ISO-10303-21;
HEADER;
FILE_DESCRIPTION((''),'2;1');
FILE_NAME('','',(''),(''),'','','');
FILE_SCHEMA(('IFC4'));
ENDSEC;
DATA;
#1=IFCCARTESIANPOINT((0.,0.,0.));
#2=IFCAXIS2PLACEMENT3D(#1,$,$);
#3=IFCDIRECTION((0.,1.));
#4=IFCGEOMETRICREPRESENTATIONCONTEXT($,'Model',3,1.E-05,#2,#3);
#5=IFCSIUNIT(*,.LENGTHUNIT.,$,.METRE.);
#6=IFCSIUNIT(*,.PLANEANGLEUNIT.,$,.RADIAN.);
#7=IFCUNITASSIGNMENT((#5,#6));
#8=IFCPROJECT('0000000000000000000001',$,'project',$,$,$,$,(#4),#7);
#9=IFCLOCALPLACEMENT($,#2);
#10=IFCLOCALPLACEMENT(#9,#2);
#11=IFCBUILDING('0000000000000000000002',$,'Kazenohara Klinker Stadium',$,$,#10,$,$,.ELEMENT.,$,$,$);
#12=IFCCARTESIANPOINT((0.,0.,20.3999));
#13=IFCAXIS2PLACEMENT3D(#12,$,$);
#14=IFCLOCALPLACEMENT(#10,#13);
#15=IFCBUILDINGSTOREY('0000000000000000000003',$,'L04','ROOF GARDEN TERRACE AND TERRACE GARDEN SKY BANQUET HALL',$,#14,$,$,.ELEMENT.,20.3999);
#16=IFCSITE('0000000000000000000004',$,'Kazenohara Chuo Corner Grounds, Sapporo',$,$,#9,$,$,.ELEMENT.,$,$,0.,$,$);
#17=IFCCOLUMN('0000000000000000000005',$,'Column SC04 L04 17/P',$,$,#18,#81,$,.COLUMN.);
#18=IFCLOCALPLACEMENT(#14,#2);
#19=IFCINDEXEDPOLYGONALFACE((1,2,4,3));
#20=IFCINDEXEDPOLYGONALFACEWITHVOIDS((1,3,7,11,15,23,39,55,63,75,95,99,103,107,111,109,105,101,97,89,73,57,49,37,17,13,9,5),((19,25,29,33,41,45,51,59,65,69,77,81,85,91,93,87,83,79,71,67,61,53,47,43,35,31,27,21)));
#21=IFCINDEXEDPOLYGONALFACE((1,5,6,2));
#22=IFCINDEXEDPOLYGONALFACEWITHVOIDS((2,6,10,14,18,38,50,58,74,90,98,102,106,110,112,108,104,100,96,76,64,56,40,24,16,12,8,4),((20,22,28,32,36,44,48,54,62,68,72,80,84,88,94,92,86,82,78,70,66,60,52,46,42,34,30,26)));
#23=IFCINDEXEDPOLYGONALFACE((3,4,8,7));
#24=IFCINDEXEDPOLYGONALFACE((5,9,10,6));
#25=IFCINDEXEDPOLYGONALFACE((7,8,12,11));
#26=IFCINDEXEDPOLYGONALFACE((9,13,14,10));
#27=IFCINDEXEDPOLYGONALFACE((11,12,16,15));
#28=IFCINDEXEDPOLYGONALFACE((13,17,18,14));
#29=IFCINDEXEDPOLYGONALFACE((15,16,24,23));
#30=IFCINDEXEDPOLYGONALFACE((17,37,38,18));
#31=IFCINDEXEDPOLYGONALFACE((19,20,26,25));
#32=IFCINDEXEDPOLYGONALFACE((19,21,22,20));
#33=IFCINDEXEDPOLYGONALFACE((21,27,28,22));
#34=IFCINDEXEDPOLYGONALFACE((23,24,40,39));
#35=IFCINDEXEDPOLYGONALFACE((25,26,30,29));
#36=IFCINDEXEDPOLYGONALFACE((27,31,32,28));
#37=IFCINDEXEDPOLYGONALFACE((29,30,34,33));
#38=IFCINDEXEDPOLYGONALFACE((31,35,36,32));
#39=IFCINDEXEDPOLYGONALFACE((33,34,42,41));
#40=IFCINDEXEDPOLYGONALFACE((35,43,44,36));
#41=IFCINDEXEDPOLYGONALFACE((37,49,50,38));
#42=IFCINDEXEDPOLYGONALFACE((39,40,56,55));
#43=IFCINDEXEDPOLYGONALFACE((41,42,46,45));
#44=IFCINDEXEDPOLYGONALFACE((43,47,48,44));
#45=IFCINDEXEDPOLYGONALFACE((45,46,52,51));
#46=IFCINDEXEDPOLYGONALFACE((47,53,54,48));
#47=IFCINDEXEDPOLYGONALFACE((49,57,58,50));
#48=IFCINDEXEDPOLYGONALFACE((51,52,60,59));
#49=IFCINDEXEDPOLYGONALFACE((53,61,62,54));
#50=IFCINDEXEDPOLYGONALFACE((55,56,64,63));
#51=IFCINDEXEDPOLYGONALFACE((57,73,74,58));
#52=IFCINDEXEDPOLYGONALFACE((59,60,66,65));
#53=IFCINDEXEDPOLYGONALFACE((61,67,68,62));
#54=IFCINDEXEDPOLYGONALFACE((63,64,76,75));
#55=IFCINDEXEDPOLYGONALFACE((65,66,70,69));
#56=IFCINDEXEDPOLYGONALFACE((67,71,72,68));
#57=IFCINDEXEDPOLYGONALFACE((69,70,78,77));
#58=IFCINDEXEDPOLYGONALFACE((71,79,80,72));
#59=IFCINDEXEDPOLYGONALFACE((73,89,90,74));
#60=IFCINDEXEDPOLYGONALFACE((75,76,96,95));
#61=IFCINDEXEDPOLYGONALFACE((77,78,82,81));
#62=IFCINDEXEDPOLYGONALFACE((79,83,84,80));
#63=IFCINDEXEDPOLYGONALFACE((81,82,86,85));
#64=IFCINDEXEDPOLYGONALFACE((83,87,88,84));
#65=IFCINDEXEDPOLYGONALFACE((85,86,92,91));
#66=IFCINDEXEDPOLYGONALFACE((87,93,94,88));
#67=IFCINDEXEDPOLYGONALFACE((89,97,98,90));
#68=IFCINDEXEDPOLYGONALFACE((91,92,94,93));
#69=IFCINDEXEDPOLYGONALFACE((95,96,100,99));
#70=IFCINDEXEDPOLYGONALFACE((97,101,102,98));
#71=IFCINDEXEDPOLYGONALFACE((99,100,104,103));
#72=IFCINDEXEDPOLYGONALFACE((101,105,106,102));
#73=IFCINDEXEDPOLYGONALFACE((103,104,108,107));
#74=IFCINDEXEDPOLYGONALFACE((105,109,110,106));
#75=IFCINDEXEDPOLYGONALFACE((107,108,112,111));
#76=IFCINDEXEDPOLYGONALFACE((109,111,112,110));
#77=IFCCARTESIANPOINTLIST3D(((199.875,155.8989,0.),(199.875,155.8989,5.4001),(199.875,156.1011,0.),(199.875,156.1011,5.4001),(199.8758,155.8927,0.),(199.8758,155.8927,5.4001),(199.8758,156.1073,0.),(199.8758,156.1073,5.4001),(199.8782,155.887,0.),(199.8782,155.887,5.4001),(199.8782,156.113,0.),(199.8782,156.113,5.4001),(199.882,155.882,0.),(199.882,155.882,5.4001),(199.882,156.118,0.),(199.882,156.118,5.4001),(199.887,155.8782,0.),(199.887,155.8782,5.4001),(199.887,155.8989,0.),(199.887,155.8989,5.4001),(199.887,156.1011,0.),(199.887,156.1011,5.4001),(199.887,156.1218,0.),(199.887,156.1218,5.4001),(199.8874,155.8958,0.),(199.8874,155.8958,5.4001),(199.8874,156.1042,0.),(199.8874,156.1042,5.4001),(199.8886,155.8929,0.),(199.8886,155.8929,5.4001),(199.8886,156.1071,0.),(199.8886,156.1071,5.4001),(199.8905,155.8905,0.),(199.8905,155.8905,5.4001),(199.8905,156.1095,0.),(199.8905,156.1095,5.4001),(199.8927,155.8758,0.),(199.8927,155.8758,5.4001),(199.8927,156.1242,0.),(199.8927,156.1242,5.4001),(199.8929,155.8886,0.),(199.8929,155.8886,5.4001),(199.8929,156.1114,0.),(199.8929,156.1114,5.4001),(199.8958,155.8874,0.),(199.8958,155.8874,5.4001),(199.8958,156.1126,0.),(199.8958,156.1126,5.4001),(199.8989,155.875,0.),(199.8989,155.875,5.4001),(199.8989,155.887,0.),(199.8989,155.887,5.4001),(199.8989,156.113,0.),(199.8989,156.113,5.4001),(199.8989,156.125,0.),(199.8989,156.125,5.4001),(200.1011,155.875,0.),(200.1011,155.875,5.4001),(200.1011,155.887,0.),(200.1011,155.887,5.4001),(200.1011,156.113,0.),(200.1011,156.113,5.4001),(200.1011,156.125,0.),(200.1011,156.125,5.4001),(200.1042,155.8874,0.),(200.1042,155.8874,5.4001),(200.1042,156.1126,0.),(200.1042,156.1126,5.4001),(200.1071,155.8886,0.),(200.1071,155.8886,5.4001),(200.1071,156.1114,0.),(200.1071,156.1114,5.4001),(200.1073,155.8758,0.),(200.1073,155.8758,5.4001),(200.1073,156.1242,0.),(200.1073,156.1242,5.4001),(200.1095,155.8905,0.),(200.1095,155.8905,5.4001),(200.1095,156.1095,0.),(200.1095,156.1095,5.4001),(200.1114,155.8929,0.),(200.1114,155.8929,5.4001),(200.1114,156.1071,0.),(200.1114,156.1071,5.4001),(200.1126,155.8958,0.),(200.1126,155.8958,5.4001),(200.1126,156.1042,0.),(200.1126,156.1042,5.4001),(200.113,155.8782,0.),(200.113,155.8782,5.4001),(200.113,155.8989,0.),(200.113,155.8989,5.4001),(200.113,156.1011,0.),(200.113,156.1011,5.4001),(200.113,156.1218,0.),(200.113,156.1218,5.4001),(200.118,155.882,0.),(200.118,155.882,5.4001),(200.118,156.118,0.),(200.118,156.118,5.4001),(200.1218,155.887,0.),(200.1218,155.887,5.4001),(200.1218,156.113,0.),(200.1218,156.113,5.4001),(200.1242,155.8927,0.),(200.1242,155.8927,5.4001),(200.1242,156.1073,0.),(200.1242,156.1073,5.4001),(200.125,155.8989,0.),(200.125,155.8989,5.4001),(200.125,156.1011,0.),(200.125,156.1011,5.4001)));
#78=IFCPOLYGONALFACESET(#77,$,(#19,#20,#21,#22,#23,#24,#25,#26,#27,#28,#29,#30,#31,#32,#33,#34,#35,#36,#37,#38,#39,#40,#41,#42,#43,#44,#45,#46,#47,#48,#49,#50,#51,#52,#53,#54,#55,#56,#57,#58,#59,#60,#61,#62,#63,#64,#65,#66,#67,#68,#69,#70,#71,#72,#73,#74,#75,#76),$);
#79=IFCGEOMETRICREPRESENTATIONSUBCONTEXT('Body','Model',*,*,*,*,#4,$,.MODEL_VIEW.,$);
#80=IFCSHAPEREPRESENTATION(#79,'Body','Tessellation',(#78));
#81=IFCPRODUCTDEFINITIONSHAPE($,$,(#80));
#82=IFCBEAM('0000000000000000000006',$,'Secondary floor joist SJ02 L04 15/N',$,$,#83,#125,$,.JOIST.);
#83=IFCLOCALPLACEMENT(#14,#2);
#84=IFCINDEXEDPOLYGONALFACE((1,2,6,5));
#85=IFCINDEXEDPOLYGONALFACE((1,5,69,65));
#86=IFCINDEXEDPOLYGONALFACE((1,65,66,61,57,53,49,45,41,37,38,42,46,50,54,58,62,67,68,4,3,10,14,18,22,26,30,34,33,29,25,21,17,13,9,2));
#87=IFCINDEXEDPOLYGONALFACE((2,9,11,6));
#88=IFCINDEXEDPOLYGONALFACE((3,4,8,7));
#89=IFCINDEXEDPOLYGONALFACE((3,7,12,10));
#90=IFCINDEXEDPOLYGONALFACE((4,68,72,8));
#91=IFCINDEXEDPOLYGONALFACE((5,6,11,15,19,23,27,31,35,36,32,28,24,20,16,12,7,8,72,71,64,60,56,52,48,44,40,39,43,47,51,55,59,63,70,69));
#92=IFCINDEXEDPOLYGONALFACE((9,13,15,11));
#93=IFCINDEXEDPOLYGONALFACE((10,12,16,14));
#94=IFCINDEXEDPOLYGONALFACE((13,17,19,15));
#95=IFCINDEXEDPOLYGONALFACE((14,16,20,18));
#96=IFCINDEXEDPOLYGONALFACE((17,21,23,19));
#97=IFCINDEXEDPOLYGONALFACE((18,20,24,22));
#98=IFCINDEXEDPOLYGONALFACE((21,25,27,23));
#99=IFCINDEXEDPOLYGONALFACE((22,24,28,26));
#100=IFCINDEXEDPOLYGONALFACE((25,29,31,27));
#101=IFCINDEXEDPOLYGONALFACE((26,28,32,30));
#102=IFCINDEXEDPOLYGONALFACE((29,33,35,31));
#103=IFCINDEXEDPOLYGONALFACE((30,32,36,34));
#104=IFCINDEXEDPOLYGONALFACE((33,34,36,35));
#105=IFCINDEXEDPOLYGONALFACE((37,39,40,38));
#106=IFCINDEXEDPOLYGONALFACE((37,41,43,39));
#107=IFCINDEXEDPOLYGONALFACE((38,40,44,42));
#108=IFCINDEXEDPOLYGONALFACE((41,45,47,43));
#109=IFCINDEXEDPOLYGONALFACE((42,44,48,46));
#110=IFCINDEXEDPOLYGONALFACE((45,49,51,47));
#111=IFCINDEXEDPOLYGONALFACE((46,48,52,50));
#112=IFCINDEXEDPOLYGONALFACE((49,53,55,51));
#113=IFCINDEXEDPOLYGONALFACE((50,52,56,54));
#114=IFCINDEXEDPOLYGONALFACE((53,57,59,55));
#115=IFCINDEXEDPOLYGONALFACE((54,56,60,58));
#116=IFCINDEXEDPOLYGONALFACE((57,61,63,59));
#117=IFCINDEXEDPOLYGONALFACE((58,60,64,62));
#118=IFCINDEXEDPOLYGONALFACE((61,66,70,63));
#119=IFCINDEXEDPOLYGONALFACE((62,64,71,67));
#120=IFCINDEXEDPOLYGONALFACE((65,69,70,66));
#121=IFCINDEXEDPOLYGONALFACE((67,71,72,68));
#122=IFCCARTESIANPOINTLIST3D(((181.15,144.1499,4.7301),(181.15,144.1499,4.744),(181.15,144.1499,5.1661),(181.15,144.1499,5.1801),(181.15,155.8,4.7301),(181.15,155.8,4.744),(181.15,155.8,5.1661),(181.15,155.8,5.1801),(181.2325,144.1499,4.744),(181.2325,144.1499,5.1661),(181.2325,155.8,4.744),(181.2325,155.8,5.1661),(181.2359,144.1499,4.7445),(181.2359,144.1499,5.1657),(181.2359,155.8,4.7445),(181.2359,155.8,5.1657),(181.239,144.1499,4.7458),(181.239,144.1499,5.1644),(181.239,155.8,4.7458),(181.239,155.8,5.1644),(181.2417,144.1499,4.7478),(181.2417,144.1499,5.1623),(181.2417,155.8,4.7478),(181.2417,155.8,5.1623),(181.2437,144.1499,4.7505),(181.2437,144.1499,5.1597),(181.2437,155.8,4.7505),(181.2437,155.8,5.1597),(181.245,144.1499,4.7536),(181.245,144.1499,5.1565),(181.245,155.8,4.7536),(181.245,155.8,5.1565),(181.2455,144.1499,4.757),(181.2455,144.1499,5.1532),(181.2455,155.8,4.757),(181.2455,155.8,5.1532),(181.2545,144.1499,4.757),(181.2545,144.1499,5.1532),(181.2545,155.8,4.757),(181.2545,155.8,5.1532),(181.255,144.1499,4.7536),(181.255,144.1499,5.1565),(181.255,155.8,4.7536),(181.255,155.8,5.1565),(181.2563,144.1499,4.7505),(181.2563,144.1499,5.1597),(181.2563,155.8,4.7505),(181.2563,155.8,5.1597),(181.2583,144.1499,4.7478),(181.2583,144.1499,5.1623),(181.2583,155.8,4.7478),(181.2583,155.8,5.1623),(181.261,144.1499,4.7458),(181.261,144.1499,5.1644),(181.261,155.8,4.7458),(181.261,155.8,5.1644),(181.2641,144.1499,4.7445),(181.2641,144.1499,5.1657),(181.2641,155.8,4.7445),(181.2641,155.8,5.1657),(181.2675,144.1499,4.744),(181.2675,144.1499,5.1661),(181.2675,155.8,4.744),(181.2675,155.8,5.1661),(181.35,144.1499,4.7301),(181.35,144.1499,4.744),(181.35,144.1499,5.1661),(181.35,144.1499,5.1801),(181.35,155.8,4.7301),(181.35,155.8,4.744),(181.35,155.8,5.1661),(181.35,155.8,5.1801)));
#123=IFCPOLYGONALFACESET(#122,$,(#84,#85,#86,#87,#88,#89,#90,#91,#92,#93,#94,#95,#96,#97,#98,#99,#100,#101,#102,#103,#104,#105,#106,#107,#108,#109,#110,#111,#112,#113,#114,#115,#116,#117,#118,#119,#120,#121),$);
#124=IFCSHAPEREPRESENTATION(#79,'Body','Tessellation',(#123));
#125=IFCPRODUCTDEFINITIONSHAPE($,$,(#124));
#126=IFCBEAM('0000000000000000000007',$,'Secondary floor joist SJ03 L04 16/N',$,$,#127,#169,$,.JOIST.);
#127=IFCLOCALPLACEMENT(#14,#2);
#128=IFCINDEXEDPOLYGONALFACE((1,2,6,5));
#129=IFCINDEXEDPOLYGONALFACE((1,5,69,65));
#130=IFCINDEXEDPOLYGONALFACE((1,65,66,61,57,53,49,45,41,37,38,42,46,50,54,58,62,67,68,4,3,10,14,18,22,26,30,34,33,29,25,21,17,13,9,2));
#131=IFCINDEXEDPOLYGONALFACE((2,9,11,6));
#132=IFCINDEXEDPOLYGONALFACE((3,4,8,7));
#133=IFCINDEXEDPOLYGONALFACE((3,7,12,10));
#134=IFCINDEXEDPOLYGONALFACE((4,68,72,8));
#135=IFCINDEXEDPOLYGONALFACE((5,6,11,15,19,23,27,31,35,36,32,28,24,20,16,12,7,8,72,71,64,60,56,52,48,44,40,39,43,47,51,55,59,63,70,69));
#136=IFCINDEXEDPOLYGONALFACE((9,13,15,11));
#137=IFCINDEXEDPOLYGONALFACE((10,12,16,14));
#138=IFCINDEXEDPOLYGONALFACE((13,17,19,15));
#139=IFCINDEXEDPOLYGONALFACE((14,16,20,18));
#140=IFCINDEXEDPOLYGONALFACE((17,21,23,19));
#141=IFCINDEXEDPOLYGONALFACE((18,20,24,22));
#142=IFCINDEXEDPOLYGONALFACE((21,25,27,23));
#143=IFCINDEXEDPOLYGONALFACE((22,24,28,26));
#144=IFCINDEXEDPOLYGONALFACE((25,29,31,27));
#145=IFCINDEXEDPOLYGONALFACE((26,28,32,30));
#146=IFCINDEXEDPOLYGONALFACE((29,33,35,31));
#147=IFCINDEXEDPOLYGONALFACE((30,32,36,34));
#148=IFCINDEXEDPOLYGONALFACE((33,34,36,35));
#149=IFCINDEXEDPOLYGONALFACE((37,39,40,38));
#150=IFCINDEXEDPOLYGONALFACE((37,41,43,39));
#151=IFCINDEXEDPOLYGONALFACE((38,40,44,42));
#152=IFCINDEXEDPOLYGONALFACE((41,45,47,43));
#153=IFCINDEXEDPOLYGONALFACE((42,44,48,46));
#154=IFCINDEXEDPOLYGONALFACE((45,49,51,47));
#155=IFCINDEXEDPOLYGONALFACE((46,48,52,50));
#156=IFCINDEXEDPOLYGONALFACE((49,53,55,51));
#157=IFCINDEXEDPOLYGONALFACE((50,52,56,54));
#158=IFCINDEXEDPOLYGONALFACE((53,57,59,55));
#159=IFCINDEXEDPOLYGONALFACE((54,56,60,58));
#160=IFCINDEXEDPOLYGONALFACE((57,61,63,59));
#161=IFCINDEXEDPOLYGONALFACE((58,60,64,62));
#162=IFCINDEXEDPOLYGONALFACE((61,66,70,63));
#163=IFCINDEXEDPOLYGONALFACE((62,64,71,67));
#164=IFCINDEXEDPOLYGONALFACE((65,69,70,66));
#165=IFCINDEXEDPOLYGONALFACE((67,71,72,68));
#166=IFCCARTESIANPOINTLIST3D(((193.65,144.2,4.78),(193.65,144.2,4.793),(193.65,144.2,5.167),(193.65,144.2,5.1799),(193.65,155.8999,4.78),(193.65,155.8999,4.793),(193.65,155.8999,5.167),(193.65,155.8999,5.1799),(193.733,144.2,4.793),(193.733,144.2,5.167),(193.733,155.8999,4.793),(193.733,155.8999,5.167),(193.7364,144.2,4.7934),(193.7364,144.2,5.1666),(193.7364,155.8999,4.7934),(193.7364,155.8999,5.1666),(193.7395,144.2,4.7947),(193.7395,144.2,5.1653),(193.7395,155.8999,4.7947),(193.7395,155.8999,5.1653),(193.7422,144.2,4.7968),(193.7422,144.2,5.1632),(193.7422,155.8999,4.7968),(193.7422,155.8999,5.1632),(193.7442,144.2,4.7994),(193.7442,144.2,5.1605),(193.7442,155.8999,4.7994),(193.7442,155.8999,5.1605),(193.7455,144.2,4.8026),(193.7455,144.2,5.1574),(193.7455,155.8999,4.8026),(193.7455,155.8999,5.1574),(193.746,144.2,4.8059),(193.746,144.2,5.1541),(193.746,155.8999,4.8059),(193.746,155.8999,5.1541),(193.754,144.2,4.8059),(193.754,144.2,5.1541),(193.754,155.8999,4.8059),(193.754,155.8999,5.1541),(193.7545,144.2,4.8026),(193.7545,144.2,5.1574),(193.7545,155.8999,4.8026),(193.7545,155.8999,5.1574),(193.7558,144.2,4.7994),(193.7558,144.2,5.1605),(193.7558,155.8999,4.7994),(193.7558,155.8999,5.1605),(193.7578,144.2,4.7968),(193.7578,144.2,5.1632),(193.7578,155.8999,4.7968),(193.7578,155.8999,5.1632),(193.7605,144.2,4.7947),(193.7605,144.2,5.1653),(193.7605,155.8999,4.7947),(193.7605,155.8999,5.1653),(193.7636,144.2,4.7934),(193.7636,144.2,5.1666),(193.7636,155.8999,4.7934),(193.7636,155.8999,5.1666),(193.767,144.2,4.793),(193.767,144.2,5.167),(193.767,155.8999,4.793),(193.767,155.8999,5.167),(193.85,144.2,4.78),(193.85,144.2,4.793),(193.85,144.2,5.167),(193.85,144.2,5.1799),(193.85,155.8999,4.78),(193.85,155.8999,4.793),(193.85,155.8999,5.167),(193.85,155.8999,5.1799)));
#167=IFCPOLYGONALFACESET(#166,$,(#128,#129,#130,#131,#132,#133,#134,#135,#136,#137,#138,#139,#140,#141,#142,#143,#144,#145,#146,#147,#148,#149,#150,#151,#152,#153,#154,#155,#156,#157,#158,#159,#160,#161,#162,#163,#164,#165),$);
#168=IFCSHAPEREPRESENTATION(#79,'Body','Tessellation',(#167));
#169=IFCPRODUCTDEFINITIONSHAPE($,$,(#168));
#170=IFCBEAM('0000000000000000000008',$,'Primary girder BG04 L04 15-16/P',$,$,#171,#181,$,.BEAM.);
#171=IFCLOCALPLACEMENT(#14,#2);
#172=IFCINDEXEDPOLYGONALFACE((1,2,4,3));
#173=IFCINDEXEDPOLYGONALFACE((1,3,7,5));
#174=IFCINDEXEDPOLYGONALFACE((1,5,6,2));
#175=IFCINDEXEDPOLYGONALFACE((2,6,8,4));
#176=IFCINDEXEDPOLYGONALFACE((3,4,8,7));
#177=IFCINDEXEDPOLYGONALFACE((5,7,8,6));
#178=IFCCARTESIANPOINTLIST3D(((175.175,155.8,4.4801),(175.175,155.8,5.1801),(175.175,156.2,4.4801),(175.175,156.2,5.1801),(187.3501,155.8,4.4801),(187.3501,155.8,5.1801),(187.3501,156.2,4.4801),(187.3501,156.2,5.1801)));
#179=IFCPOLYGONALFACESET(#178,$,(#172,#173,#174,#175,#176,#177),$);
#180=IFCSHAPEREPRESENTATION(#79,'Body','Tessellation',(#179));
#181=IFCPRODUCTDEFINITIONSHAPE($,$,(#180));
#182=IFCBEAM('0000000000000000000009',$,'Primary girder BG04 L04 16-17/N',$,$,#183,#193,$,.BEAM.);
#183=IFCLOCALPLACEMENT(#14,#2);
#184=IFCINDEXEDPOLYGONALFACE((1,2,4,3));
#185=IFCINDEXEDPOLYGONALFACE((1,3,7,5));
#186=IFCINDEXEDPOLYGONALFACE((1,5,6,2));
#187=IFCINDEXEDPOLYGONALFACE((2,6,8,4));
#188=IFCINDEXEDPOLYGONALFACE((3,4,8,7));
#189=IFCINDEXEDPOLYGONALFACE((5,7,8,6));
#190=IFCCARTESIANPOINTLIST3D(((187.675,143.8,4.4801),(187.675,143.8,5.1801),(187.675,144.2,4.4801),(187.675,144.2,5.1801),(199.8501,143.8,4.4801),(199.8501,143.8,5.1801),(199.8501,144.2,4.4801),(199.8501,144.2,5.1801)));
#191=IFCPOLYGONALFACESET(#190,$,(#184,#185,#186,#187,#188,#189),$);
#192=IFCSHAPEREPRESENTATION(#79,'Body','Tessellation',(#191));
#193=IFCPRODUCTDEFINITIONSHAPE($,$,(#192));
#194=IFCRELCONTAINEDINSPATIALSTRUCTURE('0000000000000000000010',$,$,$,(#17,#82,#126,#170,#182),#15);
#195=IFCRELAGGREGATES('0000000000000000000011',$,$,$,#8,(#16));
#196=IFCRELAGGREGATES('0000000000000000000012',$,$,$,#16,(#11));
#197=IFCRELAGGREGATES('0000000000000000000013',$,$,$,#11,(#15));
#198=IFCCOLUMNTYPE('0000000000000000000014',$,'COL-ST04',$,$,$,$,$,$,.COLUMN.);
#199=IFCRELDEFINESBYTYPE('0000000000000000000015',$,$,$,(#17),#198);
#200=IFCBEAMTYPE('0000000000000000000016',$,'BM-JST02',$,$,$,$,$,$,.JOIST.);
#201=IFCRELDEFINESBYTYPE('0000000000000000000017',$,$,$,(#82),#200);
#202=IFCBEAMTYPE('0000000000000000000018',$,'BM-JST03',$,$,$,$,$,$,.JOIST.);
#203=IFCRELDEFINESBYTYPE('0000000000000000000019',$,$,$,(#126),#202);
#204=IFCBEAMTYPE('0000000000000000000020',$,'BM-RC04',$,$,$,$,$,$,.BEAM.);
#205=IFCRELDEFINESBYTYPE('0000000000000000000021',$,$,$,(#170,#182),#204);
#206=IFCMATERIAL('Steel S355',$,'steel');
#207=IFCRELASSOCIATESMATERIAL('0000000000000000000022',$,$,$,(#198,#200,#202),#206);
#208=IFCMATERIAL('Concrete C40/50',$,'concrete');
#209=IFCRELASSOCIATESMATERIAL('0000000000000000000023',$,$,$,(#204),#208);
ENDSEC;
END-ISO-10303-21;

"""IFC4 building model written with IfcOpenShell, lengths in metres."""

from ifc_helpers import new_model, si_unit, direction, frame, origin, origin_2d, place, context, subcontext, project, spatial, rectangle, hollow_rectangle, i_section, extrude, material, material_profile, profile_set, type_object, element, save


model = new_model("IFC4")

# Units and contexts
model_context = context("Model", 3, precision=1e-05, world=origin(), true_north=direction((0.0, 1.0)))
body_context = subcontext(model_context, "Body", "Model", "MODEL_VIEW")
ifc_project = project(units=[si_unit("LENGTHUNIT", "METRE"), si_unit("PLANEANGLEUNIT", "RADIAN")], contexts=[model_context])

# Site, building, storey
site_placement = place(None, origin())
site = spatial("IfcSite", under=ifc_project, at=site_placement, Name="Kazenohara Chuo Corner Grounds, Sapporo", CompositionType="ELEMENT", RefElevation=0.0)
building_placement = place(site_placement, origin())
building = spatial("IfcBuilding", under=site, at=building_placement, Name="Kazenohara Klinker Stadium", CompositionType="ELEMENT")
storey_placement = place(building_placement, frame((0.0, 0.0, 20.3999)))
storey = spatial("IfcBuildingStorey", under=building, at=storey_placement, Name="L04", Description="ROOF GARDEN TERRACE AND TERRACE GARDEN SKY BANQUET HALL", CompositionType="ELEMENT", Elevation=20.3999)

# Column
ifc_material_1 = material(Name="Steel S355", Category="steel")
ifc_material_profile_1 = material_profile(ifc_material_1, hollow_rectangle(XDim=0.25, YDim=0.25, WallThickness=0.012, InnerFilletRadius=0.012, OuterFilletRadius=0.0239, at=origin_2d()), Name="SHS-250x250x12")
ifc_profile_set_1 = profile_set([ifc_material_profile_1], Name="Steel S355")
column_type_1 = type_object("IfcColumnType", Name="COL-ST04", PredefinedType="COLUMN", material=ifc_profile_set_1)
column_placement = place(storey_placement, frame((200.0, 156.0, 0.0), z_axis=(0.0, 0.0, 1.0), x_axis=(1.0, 0.0, 0.0)))
element("IfcColumn", 1, at=column_placement, inside=storey, type_object=column_type_1, Name="Column SC04 L04 17/P", PredefinedType="COLUMN", context=body_context, shape_type="SweptSolid", body=[
    extrude(hollow_rectangle(XDim=0.25, YDim=0.25, WallThickness=0.012, InnerFilletRadius=0.012, OuterFilletRadius=0.0239, at=origin_2d()), origin(), (0.0, 0.0, 1.0), 5.4001),
])

# Beams
ifc_material_profile_2 = material_profile(ifc_material_1, i_section(OverallWidth=0.2, OverallDepth=0.45, WebThickness=0.009, FlangeThickness=0.0139, FilletRadius=0.0129, at=origin_2d()), Name="H-450x200x9x14")
ifc_profile_set_2 = profile_set([ifc_material_profile_2], Name="Steel S355")
beam_type_1 = type_object("IfcBeamType", Name="BM-JST02", PredefinedType="JOIST", material=ifc_profile_set_2)
beam_1_placement = place(storey_placement, frame((181.25, 144.1499, 4.9551), z_axis=(0.0, 1.0, 0.0), x_axis=(-1.0, 0.0, 0.0)))
element("IfcBeam", 2, at=beam_1_placement, inside=storey, type_object=beam_type_1, Name="Secondary floor joist SJ02 L04 15/N", PredefinedType="JOIST", context=body_context, shape_type="SweptSolid", body=[
    extrude(i_section(OverallWidth=0.2, OverallDepth=0.45, WebThickness=0.009, FlangeThickness=0.0139, FilletRadius=0.0129, at=origin_2d()), origin(), (0.0, 0.0, 1.0), 11.6501),
])
ifc_material_profile_3 = material_profile(ifc_material_1, i_section(OverallWidth=0.2, OverallDepth=0.3999, WebThickness=0.0081, FlangeThickness=0.0129, FilletRadius=0.0129, at=origin_2d()), Name="H-400x200x8x13")
ifc_profile_set_3 = profile_set([ifc_material_profile_3], Name="Steel S355")
beam_type_2 = type_object("IfcBeamType", Name="BM-JST03", PredefinedType="JOIST", material=ifc_profile_set_3)
beam_2_placement = place(storey_placement, frame((193.75, 144.2, 4.98), z_axis=(0.0, 1.0, 0.0), x_axis=(-1.0, 0.0, 0.0)))
element("IfcBeam", 3, at=beam_2_placement, inside=storey, type_object=beam_type_2, Name="Secondary floor joist SJ03 L04 16/N", PredefinedType="JOIST", context=body_context, shape_type="SweptSolid", body=[
    extrude(i_section(OverallWidth=0.2, OverallDepth=0.3999, WebThickness=0.0081, FlangeThickness=0.0129, FilletRadius=0.0129, at=origin_2d()), origin(), (0.0, 0.0, 1.0), 11.7),
])
ifc_material_2 = material(Name="Concrete C40/50", Category="concrete")
ifc_material_profile_4 = material_profile(ifc_material_2, rectangle(XDim=0.3999, YDim=0.7, at=origin_2d()), Name="RC-BM-400x700")
ifc_profile_set_4 = profile_set([ifc_material_profile_4], Name="Concrete C40/50")
beam_type_3 = type_object("IfcBeamType", Name="BM-RC04", PredefinedType="BEAM", material=ifc_profile_set_4)
for number, where, z_axis, x_axis, name in (
    (4, (175.175, 156.0, 4.8301), (1.0, 0.0, 0.0), (0.0, 1.0, 0.0), "Primary girder BG04 L04 15-16/P"),
    (5, (187.675, 144.0, 4.8301), (1.0, 0.0, 0.0), (0.0, 1.0, 0.0), "Primary girder BG04 L04 16-17/N"),
):
    element("IfcBeam", number, at=place(storey_placement, frame(where, z_axis=z_axis, x_axis=x_axis)), inside=storey, type_object=beam_type_3, Name=name, PredefinedType="BEAM", context=body_context, shape_type="SweptSolid", body=[
        extrude(rectangle(XDim=0.3999, YDim=0.7, at=origin_2d()), origin(), (0.0, 0.0, 1.0), 12.175),
    ])

save(model, "model.ifc")
